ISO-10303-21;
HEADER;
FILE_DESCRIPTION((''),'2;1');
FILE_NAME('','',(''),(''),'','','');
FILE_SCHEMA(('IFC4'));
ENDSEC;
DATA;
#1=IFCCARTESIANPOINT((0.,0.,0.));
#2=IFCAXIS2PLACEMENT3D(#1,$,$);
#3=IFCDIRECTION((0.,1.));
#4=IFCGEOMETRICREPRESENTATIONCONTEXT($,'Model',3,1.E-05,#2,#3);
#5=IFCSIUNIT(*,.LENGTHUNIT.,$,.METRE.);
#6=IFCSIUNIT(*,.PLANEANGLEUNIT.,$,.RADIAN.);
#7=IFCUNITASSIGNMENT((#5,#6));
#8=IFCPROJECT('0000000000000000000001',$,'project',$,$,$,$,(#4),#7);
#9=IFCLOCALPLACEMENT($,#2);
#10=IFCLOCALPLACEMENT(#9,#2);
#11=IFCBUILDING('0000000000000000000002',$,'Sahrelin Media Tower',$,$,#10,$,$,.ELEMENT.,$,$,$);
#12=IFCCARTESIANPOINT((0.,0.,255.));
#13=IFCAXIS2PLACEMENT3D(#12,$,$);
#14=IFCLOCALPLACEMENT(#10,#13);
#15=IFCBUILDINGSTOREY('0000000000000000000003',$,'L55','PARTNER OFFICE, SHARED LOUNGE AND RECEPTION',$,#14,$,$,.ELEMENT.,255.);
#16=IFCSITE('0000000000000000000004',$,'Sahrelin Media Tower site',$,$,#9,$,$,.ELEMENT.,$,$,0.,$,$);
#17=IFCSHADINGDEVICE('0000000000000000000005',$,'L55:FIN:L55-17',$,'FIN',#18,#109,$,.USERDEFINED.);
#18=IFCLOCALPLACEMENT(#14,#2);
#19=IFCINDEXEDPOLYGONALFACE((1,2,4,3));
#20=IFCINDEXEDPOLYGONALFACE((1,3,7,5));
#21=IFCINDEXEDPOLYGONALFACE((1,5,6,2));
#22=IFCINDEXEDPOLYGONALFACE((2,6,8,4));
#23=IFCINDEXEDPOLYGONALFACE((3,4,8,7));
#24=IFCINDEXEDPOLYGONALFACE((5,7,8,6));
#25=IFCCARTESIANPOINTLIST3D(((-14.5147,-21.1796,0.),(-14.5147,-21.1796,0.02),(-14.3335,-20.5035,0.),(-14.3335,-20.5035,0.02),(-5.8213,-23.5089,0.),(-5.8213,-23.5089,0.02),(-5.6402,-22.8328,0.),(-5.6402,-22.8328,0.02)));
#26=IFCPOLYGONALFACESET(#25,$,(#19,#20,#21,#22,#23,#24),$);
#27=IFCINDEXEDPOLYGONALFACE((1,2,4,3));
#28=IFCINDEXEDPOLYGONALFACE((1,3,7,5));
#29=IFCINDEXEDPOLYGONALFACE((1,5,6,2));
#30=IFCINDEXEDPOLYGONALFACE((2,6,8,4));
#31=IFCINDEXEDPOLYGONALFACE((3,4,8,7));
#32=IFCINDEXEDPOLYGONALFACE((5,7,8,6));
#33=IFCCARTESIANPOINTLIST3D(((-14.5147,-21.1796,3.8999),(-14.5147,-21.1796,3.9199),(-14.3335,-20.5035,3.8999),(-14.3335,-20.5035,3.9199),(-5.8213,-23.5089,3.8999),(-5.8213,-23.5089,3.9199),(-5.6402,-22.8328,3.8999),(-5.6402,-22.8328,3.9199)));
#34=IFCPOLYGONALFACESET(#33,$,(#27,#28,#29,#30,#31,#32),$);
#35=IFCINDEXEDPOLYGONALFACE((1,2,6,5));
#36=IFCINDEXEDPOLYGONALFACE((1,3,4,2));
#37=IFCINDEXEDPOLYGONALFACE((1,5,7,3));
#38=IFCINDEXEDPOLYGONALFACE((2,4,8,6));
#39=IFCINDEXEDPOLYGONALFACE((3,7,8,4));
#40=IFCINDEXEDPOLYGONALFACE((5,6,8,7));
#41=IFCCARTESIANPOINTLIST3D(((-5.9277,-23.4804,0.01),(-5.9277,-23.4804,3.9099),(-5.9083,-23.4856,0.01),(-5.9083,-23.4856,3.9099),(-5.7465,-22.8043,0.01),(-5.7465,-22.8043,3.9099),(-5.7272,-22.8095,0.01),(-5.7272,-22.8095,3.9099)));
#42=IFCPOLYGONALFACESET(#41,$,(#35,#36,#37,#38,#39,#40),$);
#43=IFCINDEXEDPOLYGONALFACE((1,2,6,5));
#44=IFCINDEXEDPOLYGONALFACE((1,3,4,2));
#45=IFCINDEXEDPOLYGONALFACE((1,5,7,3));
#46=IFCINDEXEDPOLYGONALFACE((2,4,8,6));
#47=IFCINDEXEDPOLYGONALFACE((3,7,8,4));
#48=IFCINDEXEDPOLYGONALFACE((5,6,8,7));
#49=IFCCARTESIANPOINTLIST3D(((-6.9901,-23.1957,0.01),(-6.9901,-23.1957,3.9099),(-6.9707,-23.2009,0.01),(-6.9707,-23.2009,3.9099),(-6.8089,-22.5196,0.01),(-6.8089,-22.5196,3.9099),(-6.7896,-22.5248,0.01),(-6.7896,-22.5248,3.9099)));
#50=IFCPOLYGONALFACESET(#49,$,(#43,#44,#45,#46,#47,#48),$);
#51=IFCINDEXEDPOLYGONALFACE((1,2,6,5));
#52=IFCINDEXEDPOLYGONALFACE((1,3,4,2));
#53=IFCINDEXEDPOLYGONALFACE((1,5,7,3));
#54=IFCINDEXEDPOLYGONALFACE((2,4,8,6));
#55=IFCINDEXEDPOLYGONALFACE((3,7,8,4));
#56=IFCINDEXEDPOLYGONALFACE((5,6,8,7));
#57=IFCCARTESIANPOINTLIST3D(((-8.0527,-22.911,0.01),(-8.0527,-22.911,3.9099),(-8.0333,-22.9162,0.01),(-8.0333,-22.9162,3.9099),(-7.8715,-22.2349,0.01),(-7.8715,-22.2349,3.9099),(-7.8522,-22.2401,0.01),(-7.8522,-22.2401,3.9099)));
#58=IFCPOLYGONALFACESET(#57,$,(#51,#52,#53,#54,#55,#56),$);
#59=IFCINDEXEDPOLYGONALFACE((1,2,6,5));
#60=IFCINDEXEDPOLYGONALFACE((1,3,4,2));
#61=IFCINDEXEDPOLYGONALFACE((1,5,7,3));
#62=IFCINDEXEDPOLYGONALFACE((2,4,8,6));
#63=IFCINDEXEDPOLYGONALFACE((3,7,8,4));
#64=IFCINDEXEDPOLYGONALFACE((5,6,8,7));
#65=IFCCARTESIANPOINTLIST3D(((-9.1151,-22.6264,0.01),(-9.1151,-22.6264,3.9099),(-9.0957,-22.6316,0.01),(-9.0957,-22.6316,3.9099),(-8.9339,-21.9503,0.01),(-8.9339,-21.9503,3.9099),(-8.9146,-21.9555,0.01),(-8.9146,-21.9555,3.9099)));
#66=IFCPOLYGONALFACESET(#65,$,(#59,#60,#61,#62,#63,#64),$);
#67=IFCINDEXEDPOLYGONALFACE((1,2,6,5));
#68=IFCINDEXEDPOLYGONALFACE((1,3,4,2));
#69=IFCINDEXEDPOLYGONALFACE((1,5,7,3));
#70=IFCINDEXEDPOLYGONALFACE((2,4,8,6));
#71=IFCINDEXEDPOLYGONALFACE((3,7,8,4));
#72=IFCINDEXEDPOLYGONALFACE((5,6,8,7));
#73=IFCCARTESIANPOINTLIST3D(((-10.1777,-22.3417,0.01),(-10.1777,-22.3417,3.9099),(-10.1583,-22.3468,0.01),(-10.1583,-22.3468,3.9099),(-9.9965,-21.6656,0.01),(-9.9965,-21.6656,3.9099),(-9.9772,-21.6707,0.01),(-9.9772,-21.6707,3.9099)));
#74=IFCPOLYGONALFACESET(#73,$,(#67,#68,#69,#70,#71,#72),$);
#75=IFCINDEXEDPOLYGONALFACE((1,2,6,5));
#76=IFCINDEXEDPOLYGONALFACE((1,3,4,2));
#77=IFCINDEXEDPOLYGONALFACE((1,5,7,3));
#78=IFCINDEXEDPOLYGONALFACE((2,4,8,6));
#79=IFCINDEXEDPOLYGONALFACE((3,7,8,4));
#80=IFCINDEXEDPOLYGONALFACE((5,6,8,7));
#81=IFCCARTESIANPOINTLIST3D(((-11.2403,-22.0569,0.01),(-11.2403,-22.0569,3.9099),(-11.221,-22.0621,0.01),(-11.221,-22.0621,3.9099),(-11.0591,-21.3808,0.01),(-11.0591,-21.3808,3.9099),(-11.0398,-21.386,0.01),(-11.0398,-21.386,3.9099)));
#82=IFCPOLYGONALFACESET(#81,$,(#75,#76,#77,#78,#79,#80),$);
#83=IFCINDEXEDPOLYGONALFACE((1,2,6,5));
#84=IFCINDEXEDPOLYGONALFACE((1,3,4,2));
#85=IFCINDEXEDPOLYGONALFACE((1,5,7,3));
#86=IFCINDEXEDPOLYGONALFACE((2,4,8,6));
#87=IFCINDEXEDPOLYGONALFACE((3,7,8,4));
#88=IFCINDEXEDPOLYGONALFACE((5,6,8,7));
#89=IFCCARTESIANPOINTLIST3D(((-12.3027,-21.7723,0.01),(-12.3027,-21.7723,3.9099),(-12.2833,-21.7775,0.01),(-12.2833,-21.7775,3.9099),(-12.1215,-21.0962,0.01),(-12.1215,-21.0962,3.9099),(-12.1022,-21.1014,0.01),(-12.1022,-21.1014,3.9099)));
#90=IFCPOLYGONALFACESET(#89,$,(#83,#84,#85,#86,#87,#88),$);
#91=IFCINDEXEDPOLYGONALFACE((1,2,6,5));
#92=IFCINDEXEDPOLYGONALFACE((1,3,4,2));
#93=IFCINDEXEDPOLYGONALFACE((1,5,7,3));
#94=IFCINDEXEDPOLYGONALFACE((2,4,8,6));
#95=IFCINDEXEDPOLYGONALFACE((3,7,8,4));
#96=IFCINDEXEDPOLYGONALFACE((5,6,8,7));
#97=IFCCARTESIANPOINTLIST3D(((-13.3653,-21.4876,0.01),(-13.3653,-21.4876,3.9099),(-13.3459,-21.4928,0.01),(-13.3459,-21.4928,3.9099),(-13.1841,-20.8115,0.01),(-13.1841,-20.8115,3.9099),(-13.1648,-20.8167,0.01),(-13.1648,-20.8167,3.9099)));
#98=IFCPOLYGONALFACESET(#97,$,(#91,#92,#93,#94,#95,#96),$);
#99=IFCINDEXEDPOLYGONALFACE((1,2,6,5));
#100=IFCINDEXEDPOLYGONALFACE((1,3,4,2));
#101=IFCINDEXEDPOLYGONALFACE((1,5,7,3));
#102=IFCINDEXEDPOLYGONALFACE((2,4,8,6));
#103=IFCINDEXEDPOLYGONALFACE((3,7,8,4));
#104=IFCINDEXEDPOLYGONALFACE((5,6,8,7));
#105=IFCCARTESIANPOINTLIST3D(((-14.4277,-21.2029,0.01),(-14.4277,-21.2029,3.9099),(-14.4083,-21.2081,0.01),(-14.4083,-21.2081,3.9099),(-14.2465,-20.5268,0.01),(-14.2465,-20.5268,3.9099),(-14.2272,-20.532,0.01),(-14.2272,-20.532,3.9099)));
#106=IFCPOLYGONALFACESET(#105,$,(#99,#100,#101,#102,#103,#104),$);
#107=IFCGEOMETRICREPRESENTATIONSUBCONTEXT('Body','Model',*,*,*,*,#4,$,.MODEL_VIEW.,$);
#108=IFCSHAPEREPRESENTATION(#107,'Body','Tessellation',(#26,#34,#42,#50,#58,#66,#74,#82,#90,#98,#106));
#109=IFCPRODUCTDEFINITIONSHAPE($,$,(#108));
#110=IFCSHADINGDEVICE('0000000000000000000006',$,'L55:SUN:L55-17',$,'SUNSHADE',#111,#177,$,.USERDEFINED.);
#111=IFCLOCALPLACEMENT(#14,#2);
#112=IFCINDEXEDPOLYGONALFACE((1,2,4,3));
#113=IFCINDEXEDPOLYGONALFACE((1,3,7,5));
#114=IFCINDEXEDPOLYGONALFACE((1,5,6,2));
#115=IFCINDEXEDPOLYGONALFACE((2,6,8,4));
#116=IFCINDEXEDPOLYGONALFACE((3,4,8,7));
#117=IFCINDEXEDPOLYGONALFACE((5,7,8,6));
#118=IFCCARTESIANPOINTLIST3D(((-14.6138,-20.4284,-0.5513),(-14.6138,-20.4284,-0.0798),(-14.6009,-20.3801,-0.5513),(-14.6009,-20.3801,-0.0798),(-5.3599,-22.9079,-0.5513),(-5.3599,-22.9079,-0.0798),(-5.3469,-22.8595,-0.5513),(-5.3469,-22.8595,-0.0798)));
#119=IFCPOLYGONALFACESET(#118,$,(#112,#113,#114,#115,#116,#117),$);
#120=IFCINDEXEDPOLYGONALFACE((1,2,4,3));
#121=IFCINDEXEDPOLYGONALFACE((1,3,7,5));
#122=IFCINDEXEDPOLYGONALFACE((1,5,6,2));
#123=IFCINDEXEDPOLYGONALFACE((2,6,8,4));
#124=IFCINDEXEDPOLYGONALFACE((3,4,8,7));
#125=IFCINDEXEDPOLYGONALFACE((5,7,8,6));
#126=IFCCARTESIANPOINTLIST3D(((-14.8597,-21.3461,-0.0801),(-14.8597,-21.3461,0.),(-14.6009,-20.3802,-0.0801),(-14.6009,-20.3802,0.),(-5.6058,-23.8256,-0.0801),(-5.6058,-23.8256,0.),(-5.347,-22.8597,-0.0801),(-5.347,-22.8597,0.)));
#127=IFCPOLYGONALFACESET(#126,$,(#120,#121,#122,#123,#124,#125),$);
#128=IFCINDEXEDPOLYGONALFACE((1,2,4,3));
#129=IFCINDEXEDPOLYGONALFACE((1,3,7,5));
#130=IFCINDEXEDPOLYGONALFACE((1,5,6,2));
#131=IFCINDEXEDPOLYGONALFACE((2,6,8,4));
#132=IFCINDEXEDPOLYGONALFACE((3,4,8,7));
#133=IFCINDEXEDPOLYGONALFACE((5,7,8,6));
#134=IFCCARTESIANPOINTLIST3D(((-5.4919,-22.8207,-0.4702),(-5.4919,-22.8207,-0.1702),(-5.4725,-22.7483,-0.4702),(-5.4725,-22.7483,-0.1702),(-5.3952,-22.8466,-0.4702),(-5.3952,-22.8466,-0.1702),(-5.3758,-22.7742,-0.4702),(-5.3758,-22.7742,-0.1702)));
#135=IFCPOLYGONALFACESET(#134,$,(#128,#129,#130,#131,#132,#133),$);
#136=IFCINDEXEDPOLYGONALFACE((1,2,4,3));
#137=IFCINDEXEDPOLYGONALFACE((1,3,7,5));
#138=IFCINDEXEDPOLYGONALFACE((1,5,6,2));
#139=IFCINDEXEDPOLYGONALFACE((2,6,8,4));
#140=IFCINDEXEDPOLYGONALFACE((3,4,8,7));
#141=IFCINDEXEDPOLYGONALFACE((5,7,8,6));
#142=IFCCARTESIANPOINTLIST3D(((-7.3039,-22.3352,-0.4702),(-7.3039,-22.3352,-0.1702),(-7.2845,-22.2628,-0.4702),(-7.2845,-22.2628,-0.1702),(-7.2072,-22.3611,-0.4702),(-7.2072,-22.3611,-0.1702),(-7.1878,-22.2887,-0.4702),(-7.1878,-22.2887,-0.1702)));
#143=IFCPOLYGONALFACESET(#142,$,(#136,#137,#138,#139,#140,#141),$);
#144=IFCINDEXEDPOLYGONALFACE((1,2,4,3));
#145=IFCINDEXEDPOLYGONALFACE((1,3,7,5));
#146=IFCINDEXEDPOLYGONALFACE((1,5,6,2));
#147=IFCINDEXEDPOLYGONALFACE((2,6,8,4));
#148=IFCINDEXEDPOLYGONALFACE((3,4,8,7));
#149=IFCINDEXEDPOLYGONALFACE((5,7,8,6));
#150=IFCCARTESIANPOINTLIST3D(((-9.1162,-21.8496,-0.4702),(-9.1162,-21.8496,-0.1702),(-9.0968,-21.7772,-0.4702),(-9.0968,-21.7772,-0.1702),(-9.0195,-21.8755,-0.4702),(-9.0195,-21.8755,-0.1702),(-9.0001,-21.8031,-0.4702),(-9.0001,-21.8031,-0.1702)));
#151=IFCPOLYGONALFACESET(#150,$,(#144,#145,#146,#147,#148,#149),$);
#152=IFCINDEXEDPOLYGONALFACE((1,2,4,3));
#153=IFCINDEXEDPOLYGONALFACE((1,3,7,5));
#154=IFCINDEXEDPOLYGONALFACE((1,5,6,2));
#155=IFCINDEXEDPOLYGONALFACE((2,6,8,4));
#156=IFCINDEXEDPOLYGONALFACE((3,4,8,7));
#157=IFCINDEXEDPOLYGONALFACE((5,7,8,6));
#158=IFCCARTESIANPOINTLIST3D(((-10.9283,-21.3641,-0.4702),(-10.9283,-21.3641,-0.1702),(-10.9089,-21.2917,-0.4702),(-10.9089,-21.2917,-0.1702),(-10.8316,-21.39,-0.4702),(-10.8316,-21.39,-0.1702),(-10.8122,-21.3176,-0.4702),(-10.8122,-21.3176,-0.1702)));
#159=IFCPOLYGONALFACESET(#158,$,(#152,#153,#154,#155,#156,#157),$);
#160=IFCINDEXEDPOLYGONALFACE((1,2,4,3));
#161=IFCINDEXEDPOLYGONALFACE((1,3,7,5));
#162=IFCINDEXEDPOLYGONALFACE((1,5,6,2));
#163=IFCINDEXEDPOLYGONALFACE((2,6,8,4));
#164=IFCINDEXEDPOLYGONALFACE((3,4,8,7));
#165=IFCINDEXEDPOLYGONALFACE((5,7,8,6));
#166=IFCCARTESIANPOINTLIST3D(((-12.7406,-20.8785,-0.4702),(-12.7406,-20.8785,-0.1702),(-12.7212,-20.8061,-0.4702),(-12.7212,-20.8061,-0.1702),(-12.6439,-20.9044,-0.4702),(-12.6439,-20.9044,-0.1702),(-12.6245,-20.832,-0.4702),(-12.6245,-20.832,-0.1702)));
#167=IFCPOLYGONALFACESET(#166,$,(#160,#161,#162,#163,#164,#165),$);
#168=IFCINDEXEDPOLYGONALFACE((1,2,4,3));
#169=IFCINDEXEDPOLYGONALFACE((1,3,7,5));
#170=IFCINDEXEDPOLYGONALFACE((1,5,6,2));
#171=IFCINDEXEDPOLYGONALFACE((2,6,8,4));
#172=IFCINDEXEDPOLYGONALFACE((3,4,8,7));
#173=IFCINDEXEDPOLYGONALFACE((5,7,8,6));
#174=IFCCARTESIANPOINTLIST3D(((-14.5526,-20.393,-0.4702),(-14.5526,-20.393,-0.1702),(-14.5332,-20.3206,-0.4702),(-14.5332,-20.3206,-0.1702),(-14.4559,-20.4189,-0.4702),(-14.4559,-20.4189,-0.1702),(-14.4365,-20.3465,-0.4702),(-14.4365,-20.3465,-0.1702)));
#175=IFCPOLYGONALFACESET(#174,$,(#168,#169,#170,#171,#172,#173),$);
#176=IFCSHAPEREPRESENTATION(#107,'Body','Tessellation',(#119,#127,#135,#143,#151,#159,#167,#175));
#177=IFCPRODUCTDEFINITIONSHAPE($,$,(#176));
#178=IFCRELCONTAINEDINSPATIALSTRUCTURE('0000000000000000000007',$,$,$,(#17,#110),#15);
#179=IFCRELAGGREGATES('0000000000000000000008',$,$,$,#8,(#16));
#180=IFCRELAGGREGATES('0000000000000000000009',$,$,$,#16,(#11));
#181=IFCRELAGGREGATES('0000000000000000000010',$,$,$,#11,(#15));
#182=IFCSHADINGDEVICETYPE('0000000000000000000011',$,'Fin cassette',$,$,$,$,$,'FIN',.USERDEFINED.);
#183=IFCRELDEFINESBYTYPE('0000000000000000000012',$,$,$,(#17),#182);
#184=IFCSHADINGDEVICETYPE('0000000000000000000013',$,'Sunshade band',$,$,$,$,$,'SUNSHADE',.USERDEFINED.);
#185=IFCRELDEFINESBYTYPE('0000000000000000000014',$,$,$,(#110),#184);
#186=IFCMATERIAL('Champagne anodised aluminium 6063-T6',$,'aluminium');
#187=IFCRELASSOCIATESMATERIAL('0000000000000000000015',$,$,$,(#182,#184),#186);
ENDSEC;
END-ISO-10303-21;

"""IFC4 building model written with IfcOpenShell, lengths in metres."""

from ifc_helpers import new_model, si_unit, direction, frame, origin, origin_2d, place, context, subcontext, project, spatial, rectangle, extrude, material, type_object, element, save


model = new_model("IFC4")

# Units and contexts
model_context = context("Model", 3, precision=1e-05, world=origin(), true_north=direction((0.0, 1.0)))
body_context = subcontext(model_context, "Body", "Model", "MODEL_VIEW")
ifc_project = project(units=[si_unit("LENGTHUNIT", "METRE"), si_unit("PLANEANGLEUNIT", "RADIAN")], contexts=[model_context])

# Site, building, storey
site_placement = place(None, origin())
site = spatial("IfcSite", under=ifc_project, at=site_placement, Name="Sahrelin Media Tower site", CompositionType="ELEMENT", RefElevation=0.0)
building_placement = place(site_placement, origin())
building = spatial("IfcBuilding", under=site, at=building_placement, Name="Sahrelin Media Tower", CompositionType="ELEMENT")
storey_placement = place(building_placement, frame((0.0, 0.0, 255.0)))
storey = spatial("IfcBuildingStorey", under=building, at=storey_placement, Name="L55", Description="PARTNER OFFICE, SHARED LOUNGE AND RECEPTION", CompositionType="ELEMENT", Elevation=255.0)

# Shared definitions
ifc_material_1 = material(Name="Champagne anodised aluminium 6063-T6", Category="aluminium")

# Shading devices
shading_device_type_1 = type_object("IfcShadingDeviceType", Name="Fin cassette", ElementType="FIN", PredefinedType="USERDEFINED", material=ifc_material_1)
placement = place(storey_placement, frame((-9.9688, -21.6006, 0.0), z_axis=(0.0, 0.0, 1.0), x_axis=(-0.965929, 0.258808, 0.0)))
element("IfcShadingDevice", 1, at=placement, inside=storey, type_object=shading_device_type_1, Name="L55:FIN:L55-17", ObjectType="FIN", PredefinedType="USERDEFINED", context=body_context, shape_type="SweptSolid", body=[
    extrude(rectangle(XDim=9.0, YDim=0.7, at=origin_2d()), frame((0.0, 0.4199, 0.0)), (0.0, 0.0, 1.0), 0.02),
    extrude(rectangle(XDim=9.0, YDim=0.7, at=origin_2d()), frame((0.0, 0.4199, 3.8999)), (0.0, 0.0, 1.0), 0.02),
    extrude(rectangle(XDim=0.02, YDim=0.7, at=origin_2d()), frame((-4.3999, 0.4199, 0.01), z_axis=(0.0, 0.0, 1.0), x_axis=(1.0, 0.0, 0.0)), (0.0, 0.0, 1.0), 3.8999),
    extrude(rectangle(XDim=0.02, YDim=0.7, at=origin_2d()), frame((-3.3, 0.4199, 0.01), z_axis=(0.0, 0.0, 1.0), x_axis=(1.0, 0.0, 0.0)), (0.0, 0.0, 1.0), 3.8999),
    extrude(rectangle(XDim=0.02, YDim=0.7, at=origin_2d()), frame((-2.2, 0.4199, 0.01), z_axis=(0.0, 0.0, 1.0), x_axis=(1.0, 0.0, 0.0)), (0.0, 0.0, 1.0), 3.8999),
    extrude(rectangle(XDim=0.02, YDim=0.7, at=origin_2d()), frame((-1.1001, 0.4199, 0.01), z_axis=(0.0, 0.0, 1.0), x_axis=(1.0, 0.0, 0.0)), (0.0, 0.0, 1.0), 3.8999),
    extrude(rectangle(XDim=0.02, YDim=0.7, at=origin_2d()), frame((0.0, 0.4199, 0.01), z_axis=(0.0, 0.0, 1.0), x_axis=(1.0, 0.0, 0.0)), (0.0, 0.0, 1.0), 3.8999),
    extrude(rectangle(XDim=0.02, YDim=0.7, at=origin_2d()), frame((1.1001, 0.4199, 0.01), z_axis=(0.0, 0.0, 1.0), x_axis=(1.0, 0.0, 0.0)), (0.0, 0.0, 1.0), 3.8999),
    extrude(rectangle(XDim=0.02, YDim=0.7, at=origin_2d()), frame((2.2, 0.4199, 0.01), z_axis=(0.0, 0.0, 1.0), x_axis=(1.0, 0.0, 0.0)), (0.0, 0.0, 1.0), 3.8999),
    extrude(rectangle(XDim=0.02, YDim=0.7, at=origin_2d()), frame((3.3, 0.4199, 0.01), z_axis=(0.0, 0.0, 1.0), x_axis=(1.0, 0.0, 0.0)), (0.0, 0.0, 1.0), 3.8999),
    extrude(rectangle(XDim=0.02, YDim=0.7, at=origin_2d()), frame((4.3999, 0.4199, 0.01), z_axis=(0.0, 0.0, 1.0), x_axis=(1.0, 0.0, 0.0)), (0.0, 0.0, 1.0), 3.8999),
])
shading_device_type_2 = type_object("IfcShadingDeviceType", Name="Sunshade band", ElementType="SUNSHADE", PredefinedType="USERDEFINED", material=ifc_material_1)
element("IfcShadingDevice", 2, at=placement, inside=storey, type_object=shading_device_type_2, Name="L55:SUN:L55-17", ObjectType="SUNSHADE", PredefinedType="USERDEFINED", context=body_context, shape_type="SweptSolid", body=[
    extrude(rectangle(XDim=9.5803, YDim=0.05, at=origin_2d()), frame((0.0, 0.0449, -0.5513)), (0.0, 0.0, 1.0), 0.4714),
    extrude(rectangle(XDim=9.5803, YDim=1.0, at=origin_2d()), frame((0.0, 0.52, -0.0801)), (0.0, 0.0, 1.0), 0.0801),
    extrude(rectangle(XDim=0.1001, YDim=0.075, at=origin_2d()), frame((-4.6902, -0.0176, -0.4702)), (0.0, 0.0, 1.0), 0.3),
    extrude(rectangle(XDim=0.1001, YDim=0.075, at=origin_2d()), frame((-2.8142, -0.0176, -0.4702)), (0.0, 0.0, 1.0), 0.3),
    extrude(rectangle(XDim=0.1001, YDim=0.075, at=origin_2d()), frame((-0.938, -0.0176, -0.4702)), (0.0, 0.0, 1.0), 0.3),
    extrude(rectangle(XDim=0.1001, YDim=0.075, at=origin_2d()), frame((0.938, -0.0176, -0.4702)), (0.0, 0.0, 1.0), 0.3),
    extrude(rectangle(XDim=0.1001, YDim=0.075, at=origin_2d()), frame((2.8142, -0.0176, -0.4702)), (0.0, 0.0, 1.0), 0.3),
    extrude(rectangle(XDim=0.1001, YDim=0.075, at=origin_2d()), frame((4.6902, -0.0176, -0.4702)), (0.0, 0.0, 1.0), 0.3),
])

save(model, "model.ifc")
